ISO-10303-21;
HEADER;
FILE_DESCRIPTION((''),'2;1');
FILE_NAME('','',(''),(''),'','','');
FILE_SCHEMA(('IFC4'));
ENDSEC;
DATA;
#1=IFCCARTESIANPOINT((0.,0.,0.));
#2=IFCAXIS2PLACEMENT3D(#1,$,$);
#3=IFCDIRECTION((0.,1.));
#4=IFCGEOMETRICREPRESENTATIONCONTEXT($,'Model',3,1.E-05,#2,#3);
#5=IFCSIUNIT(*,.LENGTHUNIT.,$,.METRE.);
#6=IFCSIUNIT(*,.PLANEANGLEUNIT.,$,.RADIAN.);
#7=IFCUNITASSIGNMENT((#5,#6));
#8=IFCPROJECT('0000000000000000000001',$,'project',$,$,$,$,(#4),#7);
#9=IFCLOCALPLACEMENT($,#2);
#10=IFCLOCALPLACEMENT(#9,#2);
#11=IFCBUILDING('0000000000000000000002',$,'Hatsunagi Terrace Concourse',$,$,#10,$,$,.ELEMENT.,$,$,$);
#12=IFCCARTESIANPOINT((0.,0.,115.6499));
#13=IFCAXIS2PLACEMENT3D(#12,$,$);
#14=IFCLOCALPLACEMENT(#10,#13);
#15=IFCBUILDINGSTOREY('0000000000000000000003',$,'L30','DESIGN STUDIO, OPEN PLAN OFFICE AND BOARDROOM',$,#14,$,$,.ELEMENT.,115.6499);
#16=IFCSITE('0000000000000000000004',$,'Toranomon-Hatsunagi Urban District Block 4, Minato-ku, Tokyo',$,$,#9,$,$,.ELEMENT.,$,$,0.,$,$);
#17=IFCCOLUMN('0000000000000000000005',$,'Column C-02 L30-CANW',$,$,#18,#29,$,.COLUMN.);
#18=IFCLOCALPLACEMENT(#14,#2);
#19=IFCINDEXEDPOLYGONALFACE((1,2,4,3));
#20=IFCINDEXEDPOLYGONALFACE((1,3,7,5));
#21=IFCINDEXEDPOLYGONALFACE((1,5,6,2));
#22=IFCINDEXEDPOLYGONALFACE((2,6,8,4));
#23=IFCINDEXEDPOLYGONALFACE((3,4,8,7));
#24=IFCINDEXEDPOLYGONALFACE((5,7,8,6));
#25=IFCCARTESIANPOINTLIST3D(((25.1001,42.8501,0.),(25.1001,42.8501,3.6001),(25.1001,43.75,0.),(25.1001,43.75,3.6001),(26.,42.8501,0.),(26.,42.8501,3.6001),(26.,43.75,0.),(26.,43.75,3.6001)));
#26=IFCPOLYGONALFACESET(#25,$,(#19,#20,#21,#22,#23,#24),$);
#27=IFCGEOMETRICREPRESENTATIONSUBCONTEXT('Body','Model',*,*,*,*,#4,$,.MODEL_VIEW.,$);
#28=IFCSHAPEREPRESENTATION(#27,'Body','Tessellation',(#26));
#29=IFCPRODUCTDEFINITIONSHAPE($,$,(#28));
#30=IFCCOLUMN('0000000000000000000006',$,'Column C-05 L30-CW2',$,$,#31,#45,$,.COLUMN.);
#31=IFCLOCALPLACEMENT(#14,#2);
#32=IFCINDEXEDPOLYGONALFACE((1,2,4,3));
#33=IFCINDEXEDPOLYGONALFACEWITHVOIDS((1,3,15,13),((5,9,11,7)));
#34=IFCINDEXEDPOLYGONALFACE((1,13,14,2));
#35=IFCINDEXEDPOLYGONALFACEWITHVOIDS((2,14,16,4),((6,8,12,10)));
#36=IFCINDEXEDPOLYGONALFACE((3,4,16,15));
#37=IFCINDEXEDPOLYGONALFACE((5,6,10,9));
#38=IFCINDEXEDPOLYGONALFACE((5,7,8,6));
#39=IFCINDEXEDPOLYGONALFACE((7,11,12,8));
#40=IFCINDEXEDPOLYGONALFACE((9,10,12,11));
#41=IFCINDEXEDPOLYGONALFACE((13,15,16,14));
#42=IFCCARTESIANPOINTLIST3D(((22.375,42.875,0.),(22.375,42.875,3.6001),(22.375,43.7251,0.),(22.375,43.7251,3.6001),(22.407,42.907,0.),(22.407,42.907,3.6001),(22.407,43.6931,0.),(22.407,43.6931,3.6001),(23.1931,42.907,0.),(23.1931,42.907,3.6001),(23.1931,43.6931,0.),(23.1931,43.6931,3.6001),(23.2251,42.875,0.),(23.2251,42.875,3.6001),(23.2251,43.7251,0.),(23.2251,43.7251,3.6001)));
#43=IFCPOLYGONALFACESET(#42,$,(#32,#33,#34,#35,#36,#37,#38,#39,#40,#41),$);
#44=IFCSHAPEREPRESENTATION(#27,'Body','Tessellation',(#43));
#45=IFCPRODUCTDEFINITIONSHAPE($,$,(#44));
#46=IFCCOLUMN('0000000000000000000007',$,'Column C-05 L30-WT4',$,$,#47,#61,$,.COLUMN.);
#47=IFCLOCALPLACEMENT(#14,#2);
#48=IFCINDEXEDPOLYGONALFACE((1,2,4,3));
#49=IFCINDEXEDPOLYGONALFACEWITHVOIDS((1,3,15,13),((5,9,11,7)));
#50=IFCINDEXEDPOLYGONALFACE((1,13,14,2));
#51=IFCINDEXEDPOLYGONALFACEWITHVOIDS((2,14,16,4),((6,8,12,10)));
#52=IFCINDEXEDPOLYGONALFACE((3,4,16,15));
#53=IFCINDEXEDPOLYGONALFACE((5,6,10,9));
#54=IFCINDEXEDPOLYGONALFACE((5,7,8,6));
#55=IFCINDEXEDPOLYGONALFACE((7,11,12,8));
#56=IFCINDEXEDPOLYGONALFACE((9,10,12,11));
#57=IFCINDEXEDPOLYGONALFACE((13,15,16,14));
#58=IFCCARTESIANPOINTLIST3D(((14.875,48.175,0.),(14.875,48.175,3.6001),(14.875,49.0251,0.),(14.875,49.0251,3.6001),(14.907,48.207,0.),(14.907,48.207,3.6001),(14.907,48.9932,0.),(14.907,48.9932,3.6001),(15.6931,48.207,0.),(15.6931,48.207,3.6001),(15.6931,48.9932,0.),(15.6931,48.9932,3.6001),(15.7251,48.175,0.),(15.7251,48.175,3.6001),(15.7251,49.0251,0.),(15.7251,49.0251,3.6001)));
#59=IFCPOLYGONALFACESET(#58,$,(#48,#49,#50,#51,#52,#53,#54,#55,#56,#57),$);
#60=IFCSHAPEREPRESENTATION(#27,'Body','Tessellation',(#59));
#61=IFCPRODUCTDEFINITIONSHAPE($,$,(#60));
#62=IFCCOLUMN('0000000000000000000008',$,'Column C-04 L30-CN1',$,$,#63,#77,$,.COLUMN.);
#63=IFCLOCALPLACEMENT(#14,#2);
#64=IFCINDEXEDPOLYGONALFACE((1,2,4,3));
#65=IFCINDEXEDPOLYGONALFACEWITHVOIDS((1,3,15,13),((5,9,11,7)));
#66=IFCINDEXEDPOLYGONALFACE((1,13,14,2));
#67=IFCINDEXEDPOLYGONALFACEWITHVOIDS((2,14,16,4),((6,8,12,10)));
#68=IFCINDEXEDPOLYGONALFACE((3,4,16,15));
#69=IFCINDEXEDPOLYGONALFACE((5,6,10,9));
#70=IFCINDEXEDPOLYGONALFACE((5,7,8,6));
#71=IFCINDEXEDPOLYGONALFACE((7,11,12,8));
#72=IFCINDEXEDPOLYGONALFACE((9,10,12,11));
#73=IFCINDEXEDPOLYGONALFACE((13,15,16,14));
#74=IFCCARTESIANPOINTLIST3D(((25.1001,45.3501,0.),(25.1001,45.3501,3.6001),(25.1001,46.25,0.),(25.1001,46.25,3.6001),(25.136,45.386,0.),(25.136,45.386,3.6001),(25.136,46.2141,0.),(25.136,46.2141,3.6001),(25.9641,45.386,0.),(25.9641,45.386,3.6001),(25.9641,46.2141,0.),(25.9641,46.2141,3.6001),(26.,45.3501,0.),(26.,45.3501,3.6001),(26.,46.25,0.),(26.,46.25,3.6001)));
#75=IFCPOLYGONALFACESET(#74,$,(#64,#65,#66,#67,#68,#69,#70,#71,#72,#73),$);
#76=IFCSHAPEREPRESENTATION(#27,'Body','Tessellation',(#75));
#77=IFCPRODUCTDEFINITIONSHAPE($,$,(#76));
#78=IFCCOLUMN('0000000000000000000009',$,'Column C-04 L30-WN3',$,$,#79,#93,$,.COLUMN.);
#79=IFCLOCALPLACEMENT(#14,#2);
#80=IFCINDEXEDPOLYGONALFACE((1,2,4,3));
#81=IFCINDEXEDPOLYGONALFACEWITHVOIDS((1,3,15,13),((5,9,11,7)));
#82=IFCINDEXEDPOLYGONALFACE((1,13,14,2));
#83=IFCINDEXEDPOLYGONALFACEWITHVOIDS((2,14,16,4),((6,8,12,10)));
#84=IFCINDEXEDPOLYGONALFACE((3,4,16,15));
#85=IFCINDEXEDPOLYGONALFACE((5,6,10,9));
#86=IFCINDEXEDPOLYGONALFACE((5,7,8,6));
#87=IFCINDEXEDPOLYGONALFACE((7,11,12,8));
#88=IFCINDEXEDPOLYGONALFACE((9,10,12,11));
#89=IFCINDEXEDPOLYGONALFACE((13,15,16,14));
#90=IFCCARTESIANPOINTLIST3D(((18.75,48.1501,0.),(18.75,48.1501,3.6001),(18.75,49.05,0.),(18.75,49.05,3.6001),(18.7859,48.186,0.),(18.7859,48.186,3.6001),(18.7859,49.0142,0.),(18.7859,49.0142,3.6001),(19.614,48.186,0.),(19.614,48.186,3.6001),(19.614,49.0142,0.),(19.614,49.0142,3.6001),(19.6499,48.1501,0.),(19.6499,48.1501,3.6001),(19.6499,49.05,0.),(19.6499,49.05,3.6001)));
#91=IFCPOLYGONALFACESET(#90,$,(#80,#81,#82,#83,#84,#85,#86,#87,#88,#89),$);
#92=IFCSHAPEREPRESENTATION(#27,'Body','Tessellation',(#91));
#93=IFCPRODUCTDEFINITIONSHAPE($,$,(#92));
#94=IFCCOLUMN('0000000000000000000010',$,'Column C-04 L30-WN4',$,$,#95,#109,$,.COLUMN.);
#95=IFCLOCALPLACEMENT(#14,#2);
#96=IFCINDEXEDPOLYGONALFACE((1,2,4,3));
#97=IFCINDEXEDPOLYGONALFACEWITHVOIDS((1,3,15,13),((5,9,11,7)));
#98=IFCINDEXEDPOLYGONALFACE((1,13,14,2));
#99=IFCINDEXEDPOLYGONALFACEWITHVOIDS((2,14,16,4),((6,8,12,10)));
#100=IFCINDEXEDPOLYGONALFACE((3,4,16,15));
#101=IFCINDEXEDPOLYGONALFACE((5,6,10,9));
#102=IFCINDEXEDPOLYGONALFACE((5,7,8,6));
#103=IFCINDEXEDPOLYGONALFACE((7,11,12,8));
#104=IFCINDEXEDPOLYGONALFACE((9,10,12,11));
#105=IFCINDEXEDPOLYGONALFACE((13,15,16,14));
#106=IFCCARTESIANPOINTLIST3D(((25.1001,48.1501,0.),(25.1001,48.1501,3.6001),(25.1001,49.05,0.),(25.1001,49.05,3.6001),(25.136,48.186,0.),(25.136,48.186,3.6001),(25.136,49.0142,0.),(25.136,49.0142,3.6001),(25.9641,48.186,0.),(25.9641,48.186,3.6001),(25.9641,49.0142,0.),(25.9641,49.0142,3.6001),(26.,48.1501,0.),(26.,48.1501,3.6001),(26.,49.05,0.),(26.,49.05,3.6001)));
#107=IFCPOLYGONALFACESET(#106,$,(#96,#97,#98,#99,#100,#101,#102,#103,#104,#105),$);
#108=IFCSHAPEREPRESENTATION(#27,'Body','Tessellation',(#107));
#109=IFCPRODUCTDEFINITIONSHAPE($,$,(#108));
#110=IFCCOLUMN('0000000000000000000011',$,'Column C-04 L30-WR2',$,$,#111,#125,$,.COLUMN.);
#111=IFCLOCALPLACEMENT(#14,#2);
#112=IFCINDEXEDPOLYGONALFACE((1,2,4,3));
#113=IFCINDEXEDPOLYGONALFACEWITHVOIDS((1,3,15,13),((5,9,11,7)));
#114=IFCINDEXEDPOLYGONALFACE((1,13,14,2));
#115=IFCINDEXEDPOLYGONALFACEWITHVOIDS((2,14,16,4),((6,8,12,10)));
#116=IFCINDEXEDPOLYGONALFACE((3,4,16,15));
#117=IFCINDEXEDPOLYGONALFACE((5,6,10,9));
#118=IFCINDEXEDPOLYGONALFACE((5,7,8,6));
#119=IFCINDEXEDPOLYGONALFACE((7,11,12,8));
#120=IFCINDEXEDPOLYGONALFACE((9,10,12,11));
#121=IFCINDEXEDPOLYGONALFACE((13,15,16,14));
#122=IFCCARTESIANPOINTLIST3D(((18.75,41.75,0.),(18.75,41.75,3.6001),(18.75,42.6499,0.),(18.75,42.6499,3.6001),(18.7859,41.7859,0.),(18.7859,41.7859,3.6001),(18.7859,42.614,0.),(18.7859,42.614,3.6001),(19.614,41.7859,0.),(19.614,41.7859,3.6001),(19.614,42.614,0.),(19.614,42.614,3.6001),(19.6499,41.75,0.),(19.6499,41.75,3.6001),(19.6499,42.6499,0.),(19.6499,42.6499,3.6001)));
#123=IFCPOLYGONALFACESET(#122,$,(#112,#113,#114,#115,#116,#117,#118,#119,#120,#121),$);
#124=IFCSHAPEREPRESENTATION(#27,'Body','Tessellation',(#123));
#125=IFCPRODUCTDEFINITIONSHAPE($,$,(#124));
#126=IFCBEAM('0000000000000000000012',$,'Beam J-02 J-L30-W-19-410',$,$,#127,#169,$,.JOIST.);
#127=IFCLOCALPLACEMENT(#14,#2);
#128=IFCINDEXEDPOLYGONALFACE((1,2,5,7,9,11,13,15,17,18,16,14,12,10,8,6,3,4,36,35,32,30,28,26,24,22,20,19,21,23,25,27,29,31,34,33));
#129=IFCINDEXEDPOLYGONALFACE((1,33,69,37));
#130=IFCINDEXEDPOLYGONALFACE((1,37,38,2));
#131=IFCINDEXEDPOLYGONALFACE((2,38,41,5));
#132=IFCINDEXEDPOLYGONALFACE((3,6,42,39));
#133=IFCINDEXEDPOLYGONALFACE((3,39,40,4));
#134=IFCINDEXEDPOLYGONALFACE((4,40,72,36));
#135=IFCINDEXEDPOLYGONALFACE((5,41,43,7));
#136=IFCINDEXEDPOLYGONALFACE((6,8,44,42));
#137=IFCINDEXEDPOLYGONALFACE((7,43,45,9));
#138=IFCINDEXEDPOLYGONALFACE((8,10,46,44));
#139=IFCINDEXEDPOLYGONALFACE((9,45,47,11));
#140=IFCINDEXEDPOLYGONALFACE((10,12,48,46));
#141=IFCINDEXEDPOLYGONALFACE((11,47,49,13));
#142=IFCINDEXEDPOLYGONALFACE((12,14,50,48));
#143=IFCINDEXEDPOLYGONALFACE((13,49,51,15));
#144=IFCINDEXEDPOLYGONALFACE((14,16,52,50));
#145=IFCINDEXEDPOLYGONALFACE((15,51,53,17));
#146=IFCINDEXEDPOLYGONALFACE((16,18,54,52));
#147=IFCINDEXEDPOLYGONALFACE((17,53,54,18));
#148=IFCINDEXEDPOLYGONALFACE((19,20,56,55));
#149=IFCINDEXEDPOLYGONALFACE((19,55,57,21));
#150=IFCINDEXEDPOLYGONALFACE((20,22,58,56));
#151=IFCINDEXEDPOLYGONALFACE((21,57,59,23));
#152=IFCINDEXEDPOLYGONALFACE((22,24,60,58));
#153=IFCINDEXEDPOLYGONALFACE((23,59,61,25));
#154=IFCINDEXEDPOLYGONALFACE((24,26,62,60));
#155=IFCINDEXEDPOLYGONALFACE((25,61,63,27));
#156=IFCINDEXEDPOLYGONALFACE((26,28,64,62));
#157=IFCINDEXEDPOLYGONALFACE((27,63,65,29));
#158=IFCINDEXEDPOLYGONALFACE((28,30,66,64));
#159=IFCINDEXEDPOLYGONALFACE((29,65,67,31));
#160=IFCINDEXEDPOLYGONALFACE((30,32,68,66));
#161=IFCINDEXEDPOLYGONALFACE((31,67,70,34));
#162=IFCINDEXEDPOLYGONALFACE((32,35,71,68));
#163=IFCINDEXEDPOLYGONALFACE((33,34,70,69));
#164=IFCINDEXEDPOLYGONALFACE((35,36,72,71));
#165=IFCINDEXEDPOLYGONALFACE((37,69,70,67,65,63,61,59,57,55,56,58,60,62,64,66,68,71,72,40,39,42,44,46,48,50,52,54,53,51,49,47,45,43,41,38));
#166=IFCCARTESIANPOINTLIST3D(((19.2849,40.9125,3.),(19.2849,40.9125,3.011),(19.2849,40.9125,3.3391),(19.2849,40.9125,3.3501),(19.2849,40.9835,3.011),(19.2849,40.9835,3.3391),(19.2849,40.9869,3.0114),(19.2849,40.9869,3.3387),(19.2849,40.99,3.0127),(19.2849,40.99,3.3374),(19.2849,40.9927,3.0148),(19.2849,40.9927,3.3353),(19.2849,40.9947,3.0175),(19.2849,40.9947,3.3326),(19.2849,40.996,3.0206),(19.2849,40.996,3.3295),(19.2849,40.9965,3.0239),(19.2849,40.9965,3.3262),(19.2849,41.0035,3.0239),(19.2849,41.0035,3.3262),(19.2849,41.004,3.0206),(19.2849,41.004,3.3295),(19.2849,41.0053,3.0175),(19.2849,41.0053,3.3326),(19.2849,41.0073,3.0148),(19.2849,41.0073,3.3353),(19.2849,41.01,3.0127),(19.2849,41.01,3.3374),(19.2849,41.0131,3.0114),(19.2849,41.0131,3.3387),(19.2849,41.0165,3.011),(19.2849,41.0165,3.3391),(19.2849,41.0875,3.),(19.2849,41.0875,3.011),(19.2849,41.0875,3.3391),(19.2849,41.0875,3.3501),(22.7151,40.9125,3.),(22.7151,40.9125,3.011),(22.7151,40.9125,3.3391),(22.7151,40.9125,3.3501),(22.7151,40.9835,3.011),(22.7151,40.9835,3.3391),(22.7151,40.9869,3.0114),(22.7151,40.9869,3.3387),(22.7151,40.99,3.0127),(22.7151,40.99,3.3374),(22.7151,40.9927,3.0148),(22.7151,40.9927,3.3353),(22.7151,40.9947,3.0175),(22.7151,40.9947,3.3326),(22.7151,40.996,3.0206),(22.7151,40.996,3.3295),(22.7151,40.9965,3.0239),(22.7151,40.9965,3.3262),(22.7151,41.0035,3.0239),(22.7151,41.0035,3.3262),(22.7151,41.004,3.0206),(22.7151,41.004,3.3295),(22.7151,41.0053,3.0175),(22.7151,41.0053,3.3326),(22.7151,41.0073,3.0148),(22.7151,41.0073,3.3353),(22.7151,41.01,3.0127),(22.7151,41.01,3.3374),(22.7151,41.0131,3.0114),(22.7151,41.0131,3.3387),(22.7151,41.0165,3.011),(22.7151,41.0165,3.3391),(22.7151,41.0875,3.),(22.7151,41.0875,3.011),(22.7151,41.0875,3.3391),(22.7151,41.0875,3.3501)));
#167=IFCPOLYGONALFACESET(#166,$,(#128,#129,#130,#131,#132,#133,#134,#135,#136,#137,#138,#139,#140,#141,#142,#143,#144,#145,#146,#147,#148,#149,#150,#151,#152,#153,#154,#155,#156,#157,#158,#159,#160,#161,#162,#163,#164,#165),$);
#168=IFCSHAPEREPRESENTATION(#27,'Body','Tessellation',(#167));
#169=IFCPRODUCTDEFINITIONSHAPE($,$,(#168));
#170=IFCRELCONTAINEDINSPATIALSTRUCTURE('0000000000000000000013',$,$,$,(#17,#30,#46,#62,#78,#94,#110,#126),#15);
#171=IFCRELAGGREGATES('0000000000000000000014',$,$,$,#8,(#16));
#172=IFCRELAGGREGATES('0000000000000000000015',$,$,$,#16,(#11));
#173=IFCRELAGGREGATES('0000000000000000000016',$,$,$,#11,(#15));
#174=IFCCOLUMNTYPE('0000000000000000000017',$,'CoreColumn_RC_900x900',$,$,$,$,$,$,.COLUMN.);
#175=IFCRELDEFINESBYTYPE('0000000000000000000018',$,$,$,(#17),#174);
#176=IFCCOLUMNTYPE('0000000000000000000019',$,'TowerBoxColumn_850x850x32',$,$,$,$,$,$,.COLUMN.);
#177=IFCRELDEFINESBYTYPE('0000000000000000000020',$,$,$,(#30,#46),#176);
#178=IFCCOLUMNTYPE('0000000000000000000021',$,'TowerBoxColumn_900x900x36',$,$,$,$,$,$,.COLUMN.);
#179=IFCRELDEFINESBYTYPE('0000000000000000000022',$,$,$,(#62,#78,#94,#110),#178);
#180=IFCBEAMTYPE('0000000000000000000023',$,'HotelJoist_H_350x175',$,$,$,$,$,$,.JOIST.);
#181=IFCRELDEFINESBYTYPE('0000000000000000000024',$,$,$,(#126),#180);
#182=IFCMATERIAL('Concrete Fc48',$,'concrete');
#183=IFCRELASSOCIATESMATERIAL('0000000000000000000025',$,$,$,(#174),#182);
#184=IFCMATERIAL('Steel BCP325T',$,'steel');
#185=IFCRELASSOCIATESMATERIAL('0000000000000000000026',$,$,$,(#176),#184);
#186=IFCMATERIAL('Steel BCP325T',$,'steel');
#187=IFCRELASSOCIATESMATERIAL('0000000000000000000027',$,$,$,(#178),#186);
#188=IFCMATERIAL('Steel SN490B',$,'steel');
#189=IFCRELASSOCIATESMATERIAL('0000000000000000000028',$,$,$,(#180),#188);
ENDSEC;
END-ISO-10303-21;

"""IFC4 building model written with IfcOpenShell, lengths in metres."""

from ifc_helpers import new_model, si_unit, direction, frame, origin, origin_2d, place, context, subcontext, project, spatial, rectangle, hollow_rectangle, i_section, extrude, material, material_profile, profile_set, type_object, element, save


model = new_model("IFC4")

# Units and contexts
model_context = context("Model", 3, precision=1e-05, world=origin(), true_north=direction((0.0, 1.0)))
body_context = subcontext(model_context, "Body", "Model", "MODEL_VIEW")
ifc_project = project(units=[si_unit("LENGTHUNIT", "METRE"), si_unit("PLANEANGLEUNIT", "RADIAN")], contexts=[model_context])

# Site, building, storey
site_placement = place(None, origin())
site = spatial("IfcSite", under=ifc_project, at=site_placement, Name="Toranomon-Hatsunagi Urban District Block 4, Minato-ku, Tokyo", CompositionType="ELEMENT", RefElevation=0.0)
building_placement = place(site_placement, origin())
building = spatial("IfcBuilding", under=site, at=building_placement, Name="Hatsunagi Terrace Concourse", CompositionType="ELEMENT")
storey_placement = place(building_placement, frame((0.0, 0.0, 115.6499)))
storey = spatial("IfcBuildingStorey", under=building, at=storey_placement, Name="L30", Description="DESIGN STUDIO, OPEN PLAN OFFICE AND BOARDROOM", CompositionType="ELEMENT", Elevation=115.6499)

# Columns
ifc_material_1 = material(Name="Concrete Fc48", Category="concrete")
ifc_material_profile_1 = material_profile(ifc_material_1, rectangle(XDim=0.8999, YDim=0.8999, at=origin_2d()), Name="RC-900x900")
ifc_profile_set_1 = profile_set([ifc_material_profile_1], Name="Concrete Fc48")
column_type_1 = type_object("IfcColumnType", Name="CoreColumn_RC_900x900", PredefinedType="COLUMN", material=ifc_profile_set_1)
column_placement = place(storey_placement, frame((25.55, 43.3, 0.0), z_axis=(0.0, 0.0, 1.0), x_axis=(1.0, 0.0, 0.0)))
element("IfcColumn", 1, at=column_placement, inside=storey, type_object=column_type_1, Name="Column C-02 L30-CANW", PredefinedType="COLUMN", context=body_context, shape_type="SweptSolid", body=[
    extrude(rectangle(XDim=0.8999, YDim=0.8999, at=origin_2d()), origin(), (0.0, 0.0, 1.0), 3.6001),
])
ifc_material_2 = material(Name="Steel BCP325T", Category="steel")
ifc_material_profile_2 = material_profile(ifc_material_2, hollow_rectangle(XDim=0.8501, YDim=0.8501, WallThickness=0.032, at=origin_2d()), Name="BCP-850x850x32")
ifc_profile_set_2 = profile_set([ifc_material_profile_2], Name="Steel BCP325T")
column_type_2 = type_object("IfcColumnType", Name="TowerBoxColumn_850x850x32", PredefinedType="COLUMN", material=ifc_profile_set_2)
for number, where, z_axis, x_axis, name in (
    (2, (22.8, 43.3, 0.0), (0.0, 0.0, 1.0), (1.0, 0.0, 0.0), "Column C-05 L30-CW2"),
    (3, (15.3, 48.6001, 0.0), (0.0, 0.0, 1.0), (1.0, 0.0, 0.0), "Column C-05 L30-WT4"),
):
    element("IfcColumn", number, at=place(storey_placement, frame(where, z_axis=z_axis, x_axis=x_axis)), inside=storey, type_object=column_type_2, Name=name, PredefinedType="COLUMN", context=body_context, shape_type="SweptSolid", body=[
        extrude(hollow_rectangle(XDim=0.8501, YDim=0.8501, WallThickness=0.032, at=origin_2d()), origin(), (0.0, 0.0, 1.0), 3.6001),
    ])
ifc_material_3 = material(Name="Steel BCP325T", Category="steel")
ifc_material_profile_3 = material_profile(ifc_material_3, hollow_rectangle(XDim=0.8999, YDim=0.8999, WallThickness=0.0359, at=origin_2d()), Name="BCP-900x900x36")
ifc_profile_set_3 = profile_set([ifc_material_profile_3], Name="Steel BCP325T")
column_type_3 = type_object("IfcColumnType", Name="TowerBoxColumn_900x900x36", PredefinedType="COLUMN", material=ifc_profile_set_3)
for number, where, z_axis, x_axis, name in (
    (4, (25.55, 45.8, 0.0), (0.0, 0.0, 1.0), (1.0, 0.0, 0.0), "Column C-04 L30-CN1"),
    (5, (19.2, 48.6001, 0.0), (0.0, 0.0, 1.0), (1.0, 0.0, 0.0), "Column C-04 L30-WN3"),
    (6, (25.55, 48.6001, 0.0), (0.0, 0.0, 1.0), (1.0, 0.0, 0.0), "Column C-04 L30-WN4"),
    (7, (19.2, 42.2, 0.0), (0.0, 0.0, 1.0), (1.0, 0.0, 0.0), "Column C-04 L30-WR2"),
):
    element("IfcColumn", number, at=place(storey_placement, frame(where, z_axis=z_axis, x_axis=x_axis)), inside=storey, type_object=column_type_3, Name=name, PredefinedType="COLUMN", context=body_context, shape_type="SweptSolid", body=[
        extrude(hollow_rectangle(XDim=0.8999, YDim=0.8999, WallThickness=0.0359, at=origin_2d()), origin(), (0.0, 0.0, 1.0), 3.6001),
    ])

# Beam
ifc_material_4 = material(Name="Steel SN490B", Category="steel")
ifc_material_profile_4 = material_profile(ifc_material_4, i_section(OverallWidth=0.175, OverallDepth=0.3501, WebThickness=0.0071, FlangeThickness=0.011, FilletRadius=0.0129, at=origin_2d()), Name="H-350x175x7x11")
ifc_profile_set_4 = profile_set([ifc_material_profile_4], Name="Steel SN490B")
beam_type_1 = type_object("IfcBeamType", Name="HotelJoist_H_350x175", PredefinedType="JOIST", material=ifc_profile_set_4)
beam_1_placement = place(storey_placement, frame((19.2849, 41.0, 3.175), z_axis=(1.0, 0.0, 0.0), x_axis=(0.0, 1.0, 0.0)))
element("IfcBeam", 8, at=beam_1_placement, inside=storey, type_object=beam_type_1, Name="Beam J-02 J-L30-W-19-410", PredefinedType="JOIST", context=body_context, shape_type="SweptSolid", body=[
    extrude(i_section(OverallWidth=0.175, OverallDepth=0.3501, WebThickness=0.0071, FlangeThickness=0.011, FilletRadius=0.0129, at=origin_2d()), origin(), (0.0, 0.0, 1.0), 3.4302),
])

save(model, "model.ifc")
